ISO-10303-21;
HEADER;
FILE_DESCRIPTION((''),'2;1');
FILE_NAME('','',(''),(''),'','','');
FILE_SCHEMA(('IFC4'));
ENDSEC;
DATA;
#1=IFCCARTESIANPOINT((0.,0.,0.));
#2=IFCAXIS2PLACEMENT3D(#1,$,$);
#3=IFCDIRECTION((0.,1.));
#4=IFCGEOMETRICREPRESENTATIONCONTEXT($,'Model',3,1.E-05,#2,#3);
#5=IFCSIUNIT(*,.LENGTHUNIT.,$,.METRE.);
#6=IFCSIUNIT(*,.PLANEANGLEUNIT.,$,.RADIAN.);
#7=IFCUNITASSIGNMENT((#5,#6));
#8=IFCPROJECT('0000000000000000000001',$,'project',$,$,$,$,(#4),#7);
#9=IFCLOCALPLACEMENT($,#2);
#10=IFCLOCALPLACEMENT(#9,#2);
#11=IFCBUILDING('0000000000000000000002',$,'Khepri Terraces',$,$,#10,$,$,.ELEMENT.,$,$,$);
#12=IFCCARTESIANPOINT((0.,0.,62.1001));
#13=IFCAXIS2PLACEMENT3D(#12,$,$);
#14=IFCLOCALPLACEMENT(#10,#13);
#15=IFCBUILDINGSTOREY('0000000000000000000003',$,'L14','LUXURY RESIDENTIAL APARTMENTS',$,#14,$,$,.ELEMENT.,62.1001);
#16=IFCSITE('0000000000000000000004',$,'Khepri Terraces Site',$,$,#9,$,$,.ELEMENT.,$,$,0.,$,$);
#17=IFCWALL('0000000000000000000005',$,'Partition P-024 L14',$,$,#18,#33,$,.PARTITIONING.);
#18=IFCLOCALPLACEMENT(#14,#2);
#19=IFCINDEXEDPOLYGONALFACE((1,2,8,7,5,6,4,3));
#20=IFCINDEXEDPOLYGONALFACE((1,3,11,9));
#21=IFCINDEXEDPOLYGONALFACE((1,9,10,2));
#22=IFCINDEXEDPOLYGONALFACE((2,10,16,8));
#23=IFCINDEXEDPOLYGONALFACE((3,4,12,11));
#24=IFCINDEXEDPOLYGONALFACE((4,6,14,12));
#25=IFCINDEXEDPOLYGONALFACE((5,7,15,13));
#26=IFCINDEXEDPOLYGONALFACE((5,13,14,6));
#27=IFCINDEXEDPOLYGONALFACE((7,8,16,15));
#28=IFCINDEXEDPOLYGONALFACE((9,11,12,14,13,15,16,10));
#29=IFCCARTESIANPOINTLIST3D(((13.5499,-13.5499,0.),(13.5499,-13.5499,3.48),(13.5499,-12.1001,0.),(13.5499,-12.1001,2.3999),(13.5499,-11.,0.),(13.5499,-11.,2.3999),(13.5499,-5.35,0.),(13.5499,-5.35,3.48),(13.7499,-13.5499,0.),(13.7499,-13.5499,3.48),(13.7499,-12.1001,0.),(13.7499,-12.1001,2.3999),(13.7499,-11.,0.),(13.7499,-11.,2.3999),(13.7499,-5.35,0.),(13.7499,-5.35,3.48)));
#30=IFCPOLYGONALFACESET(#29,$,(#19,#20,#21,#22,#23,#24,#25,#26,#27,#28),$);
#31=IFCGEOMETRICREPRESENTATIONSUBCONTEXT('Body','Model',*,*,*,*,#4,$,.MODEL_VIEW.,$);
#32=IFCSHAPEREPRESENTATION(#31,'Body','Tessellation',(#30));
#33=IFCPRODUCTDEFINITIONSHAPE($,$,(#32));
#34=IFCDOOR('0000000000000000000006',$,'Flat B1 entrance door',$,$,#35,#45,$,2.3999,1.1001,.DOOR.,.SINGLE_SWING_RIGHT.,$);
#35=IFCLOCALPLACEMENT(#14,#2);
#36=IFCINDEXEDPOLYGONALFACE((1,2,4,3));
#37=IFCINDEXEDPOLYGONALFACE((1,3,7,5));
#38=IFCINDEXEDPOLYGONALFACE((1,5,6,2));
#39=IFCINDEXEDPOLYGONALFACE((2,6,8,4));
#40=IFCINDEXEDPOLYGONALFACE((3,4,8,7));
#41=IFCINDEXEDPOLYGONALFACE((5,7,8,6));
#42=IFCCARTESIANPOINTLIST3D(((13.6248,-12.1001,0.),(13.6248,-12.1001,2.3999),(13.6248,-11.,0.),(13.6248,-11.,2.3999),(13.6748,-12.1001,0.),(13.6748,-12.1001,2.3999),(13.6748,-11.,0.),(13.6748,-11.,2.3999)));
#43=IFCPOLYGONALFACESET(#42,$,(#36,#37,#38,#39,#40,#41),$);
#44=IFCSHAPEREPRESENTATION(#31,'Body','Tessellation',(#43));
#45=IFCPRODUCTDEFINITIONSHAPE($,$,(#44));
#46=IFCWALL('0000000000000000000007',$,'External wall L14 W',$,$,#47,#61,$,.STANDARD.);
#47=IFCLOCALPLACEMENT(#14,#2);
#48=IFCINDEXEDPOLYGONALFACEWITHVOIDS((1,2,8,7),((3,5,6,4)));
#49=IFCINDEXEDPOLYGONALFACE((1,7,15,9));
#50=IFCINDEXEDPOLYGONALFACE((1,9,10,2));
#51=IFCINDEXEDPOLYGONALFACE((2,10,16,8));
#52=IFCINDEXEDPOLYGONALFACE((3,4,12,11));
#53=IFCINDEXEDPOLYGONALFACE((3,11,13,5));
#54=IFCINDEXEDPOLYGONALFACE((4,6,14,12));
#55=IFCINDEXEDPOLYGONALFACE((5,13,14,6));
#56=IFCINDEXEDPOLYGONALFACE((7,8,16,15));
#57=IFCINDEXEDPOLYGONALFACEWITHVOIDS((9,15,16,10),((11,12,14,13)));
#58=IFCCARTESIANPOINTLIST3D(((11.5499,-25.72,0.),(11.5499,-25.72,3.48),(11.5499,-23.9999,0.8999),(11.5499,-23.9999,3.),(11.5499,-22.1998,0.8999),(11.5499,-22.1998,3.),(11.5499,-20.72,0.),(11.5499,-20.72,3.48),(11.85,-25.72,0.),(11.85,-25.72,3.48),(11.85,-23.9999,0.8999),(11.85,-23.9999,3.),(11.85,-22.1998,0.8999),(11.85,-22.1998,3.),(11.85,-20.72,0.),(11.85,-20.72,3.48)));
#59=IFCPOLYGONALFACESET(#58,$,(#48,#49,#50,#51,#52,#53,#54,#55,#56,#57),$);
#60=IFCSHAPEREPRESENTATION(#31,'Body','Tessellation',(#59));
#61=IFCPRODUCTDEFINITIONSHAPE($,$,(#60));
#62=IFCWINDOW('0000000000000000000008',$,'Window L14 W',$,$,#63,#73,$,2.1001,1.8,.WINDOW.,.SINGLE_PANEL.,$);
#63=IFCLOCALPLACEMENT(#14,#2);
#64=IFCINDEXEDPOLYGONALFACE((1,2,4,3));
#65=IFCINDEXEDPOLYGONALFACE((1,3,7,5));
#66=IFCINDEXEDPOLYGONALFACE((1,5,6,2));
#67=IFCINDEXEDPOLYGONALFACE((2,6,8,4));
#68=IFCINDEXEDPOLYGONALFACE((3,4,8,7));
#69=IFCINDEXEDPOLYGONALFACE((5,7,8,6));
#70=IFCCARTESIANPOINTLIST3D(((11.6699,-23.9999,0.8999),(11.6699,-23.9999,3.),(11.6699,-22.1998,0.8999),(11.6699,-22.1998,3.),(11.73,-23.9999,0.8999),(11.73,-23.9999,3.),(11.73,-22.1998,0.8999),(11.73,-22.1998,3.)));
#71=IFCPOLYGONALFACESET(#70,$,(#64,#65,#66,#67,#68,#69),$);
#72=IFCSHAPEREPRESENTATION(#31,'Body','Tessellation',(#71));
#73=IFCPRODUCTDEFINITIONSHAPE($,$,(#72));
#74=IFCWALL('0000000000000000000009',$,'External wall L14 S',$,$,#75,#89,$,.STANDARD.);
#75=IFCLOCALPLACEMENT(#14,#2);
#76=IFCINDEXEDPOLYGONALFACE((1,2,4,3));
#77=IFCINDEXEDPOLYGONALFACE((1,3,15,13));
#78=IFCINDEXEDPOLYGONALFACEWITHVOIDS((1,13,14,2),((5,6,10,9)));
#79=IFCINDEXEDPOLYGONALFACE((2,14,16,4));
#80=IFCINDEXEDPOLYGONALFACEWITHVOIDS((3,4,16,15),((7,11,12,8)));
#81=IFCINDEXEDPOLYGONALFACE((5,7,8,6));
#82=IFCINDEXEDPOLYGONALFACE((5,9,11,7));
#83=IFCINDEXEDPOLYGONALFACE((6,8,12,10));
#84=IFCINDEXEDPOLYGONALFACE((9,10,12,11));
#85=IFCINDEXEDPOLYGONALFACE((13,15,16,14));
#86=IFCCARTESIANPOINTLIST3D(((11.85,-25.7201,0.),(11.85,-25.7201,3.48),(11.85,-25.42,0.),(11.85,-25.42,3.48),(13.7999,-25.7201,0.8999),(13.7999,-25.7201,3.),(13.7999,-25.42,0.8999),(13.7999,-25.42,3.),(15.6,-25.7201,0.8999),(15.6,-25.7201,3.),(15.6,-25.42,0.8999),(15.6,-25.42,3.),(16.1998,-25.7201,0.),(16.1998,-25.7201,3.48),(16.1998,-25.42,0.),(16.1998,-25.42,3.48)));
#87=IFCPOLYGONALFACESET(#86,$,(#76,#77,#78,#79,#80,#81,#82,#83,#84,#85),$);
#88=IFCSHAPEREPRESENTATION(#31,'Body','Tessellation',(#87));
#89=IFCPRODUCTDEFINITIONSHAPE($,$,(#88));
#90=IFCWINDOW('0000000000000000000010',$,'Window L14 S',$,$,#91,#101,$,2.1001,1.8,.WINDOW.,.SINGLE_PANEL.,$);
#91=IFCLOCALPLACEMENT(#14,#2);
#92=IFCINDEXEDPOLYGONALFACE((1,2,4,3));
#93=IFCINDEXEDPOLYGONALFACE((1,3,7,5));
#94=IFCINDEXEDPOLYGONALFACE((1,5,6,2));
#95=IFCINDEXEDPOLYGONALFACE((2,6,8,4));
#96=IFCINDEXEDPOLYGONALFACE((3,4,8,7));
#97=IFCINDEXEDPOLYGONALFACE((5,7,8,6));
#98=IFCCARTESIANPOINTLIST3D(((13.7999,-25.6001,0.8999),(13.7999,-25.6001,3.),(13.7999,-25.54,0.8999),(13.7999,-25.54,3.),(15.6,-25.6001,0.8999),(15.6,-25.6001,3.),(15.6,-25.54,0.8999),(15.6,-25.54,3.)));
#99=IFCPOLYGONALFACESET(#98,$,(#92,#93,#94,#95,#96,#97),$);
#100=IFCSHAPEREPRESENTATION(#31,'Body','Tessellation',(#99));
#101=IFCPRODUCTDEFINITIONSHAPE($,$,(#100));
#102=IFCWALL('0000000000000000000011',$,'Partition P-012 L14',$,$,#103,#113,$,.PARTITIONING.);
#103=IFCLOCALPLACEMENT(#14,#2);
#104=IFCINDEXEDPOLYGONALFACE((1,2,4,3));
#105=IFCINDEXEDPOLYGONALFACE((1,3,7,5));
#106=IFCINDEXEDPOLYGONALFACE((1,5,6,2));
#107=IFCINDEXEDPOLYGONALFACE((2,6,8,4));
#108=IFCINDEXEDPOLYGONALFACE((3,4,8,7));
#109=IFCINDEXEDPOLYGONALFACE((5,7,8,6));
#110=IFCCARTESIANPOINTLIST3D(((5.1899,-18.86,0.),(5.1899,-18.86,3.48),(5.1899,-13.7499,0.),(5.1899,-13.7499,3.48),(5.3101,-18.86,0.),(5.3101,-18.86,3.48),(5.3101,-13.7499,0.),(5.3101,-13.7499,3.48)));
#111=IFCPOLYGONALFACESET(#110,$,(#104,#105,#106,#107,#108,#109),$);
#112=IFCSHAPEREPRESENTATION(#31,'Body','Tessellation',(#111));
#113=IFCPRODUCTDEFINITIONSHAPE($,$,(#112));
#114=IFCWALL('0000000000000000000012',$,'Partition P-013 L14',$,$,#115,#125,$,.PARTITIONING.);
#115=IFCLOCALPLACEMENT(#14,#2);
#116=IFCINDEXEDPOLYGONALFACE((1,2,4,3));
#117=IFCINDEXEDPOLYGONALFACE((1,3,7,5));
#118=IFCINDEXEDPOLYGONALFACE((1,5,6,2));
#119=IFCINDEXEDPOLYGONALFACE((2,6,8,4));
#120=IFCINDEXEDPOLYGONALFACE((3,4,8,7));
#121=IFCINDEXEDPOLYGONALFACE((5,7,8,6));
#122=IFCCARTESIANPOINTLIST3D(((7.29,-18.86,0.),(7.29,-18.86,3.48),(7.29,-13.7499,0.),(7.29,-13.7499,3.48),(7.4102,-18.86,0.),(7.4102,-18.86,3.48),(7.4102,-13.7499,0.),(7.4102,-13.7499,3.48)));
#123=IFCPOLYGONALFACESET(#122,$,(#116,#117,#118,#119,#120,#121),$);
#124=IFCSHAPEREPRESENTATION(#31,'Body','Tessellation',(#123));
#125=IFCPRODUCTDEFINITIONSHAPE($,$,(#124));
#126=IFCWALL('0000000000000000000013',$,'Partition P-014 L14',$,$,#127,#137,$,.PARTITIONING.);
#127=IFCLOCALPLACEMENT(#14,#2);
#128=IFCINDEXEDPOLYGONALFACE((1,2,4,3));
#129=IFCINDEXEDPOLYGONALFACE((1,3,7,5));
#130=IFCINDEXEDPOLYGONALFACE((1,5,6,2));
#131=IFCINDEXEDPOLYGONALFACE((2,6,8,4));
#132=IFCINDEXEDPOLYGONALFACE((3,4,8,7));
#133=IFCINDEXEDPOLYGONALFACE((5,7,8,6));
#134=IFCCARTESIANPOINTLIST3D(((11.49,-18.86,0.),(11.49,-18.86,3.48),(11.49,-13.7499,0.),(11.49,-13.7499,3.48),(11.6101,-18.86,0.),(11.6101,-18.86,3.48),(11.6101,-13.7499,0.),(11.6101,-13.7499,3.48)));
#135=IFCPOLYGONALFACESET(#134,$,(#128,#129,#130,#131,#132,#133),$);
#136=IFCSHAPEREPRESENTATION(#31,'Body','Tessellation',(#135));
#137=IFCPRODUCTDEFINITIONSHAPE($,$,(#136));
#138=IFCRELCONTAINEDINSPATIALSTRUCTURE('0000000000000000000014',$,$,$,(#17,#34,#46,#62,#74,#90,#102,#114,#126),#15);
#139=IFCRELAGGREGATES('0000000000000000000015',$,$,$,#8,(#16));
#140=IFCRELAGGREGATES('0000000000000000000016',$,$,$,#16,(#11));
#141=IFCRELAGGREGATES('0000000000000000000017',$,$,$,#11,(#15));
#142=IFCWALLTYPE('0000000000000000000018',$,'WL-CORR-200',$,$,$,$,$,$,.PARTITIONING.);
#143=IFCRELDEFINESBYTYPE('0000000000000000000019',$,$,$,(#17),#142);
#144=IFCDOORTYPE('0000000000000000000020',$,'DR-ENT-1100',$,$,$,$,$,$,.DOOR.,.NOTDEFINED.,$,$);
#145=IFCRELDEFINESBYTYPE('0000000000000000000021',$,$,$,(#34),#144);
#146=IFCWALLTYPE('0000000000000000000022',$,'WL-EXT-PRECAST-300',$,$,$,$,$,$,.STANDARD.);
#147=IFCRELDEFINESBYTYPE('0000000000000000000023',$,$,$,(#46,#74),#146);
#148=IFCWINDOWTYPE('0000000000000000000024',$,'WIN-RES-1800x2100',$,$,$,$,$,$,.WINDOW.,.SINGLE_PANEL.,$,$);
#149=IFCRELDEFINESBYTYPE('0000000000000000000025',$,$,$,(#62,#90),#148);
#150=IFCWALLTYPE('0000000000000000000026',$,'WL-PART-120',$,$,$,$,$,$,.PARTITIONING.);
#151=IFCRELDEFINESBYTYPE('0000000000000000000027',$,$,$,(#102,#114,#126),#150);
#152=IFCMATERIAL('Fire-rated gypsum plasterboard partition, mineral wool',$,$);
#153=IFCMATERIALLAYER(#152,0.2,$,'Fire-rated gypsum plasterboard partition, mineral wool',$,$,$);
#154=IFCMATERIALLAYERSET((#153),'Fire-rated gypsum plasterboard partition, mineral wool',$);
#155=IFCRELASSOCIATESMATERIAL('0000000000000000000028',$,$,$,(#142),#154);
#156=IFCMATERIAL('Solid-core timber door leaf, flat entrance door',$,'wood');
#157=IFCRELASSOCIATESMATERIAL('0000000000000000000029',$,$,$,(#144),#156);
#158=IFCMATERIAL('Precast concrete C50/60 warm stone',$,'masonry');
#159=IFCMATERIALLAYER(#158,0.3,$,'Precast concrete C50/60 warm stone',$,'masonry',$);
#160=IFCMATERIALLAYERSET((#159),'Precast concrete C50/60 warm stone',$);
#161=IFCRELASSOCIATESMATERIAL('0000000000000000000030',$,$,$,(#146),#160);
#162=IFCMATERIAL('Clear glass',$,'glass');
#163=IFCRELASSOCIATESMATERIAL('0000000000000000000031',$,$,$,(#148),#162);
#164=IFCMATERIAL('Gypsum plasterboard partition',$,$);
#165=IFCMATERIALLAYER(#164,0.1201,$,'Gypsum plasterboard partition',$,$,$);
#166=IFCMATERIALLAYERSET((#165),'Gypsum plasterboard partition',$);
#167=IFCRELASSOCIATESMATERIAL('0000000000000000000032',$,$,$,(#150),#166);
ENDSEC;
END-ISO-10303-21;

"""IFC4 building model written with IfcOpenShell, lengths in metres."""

from ifc_helpers import new_model, si_unit, direction, frame, frame_2d, origin, place, context, subcontext, project, spatial, rectangle, extrude, material, layer, layer_set, type_object, element, fill, save


model = new_model("IFC4")

# Units and contexts
model_context = context("Model", 3, precision=1e-05, world=origin(), true_north=direction((0.0, 1.0)))
body_context = subcontext(model_context, "Body", "Model", "MODEL_VIEW")
ifc_project = project(units=[si_unit("LENGTHUNIT", "METRE"), si_unit("PLANEANGLEUNIT", "RADIAN")], contexts=[model_context])

# Site, building, storey
site_placement = place(None, origin())
site = spatial("IfcSite", under=ifc_project, at=site_placement, Name="Khepri Terraces Site", CompositionType="ELEMENT", RefElevation=0.0)
building_placement = place(site_placement, origin())
building = spatial("IfcBuilding", under=site, at=building_placement, Name="Khepri Terraces", CompositionType="ELEMENT")
storey_placement = place(building_placement, frame((0.0, 0.0, 62.1001)))
storey = spatial("IfcBuildingStorey", under=building, at=storey_placement, Name="L14", Description="LUXURY RESIDENTIAL APARTMENTS", CompositionType="ELEMENT", Elevation=62.1001)

# Shared definitions
ifc_material_1 = material(Name="Fire-rated gypsum plasterboard partition, mineral wool")
ifc_layer_1 = layer(ifc_material_1, 0.2, Name="Fire-rated gypsum plasterboard partition, mineral wool")
ifc_layer_set_1 = layer_set([ifc_layer_1], Name="Fire-rated gypsum plasterboard partition, mineral wool")
wall_type_1 = type_object("IfcWallType", Name="WL-CORR-200", PredefinedType="PARTITIONING", material=ifc_layer_set_1)

# Wall, opening, door
wall_1_placement = place(storey_placement, frame((13.6499, -13.55, 0.0), z_axis=(0.0, 0.0, 1.0), x_axis=(0.0, 1.0, 0.0)))
wall_1 = element("IfcWall", 1, at=wall_1_placement, inside=storey, type_object=wall_type_1, Name="Partition P-024 L14", PredefinedType="PARTITIONING", context=body_context, shape_type="SweptSolid", body=[
    extrude(rectangle(XDim=8.2, YDim=0.2, at=frame_2d((4.1001, 0.0))), origin(), (0.0, 0.0, 1.0), 3.48),
])
opening_1_placement = place(wall_1_placement, frame((1.45, 0.0, 0.0)))
opening_1 = element("IfcOpeningElement", 2, at=opening_1_placement, cuts=wall_1, PredefinedType="OPENING", context=body_context, shape_type="SweptSolid", body=[
    extrude(rectangle(XDim=1.1001, YDim=2.3999, at=frame_2d((0.55, 1.2))), frame((0.0, 0.1099, 0.0), z_axis=(0.0, -1.0, 0.0), x_axis=(1.0, 0.0, 0.0)), (0.0, 0.0, 1.0), 0.22),
])
ifc_material_2 = material(Name="Solid-core timber door leaf, flat entrance door", Category="wood")
door_type_1 = type_object("IfcDoorType", Name="DR-ENT-1100", OperationType="NOTDEFINED", PredefinedType="DOOR", material=ifc_material_2)
door_1_placement = place(opening_1_placement, frame((1.1001, 0.0, 0.0), z_axis=(0.0, 0.0, 1.0), x_axis=(-1.0, 0.0, 0.0)))
door_1 = element("IfcDoor", 3, at=door_1_placement, inside=storey, type_object=door_type_1, Name="Flat B1 entrance door", OperationType="SINGLE_SWING_RIGHT", OverallHeight=2.3999, OverallWidth=1.1001, PredefinedType="DOOR", context=body_context, shape_type="SweptSolid", body=[
    extrude(rectangle(XDim=1.1001, YDim=2.3999, at=frame_2d((0.55, 1.2))), frame((0.0, 0.0249, 0.0), z_axis=(0.0, -1.0, 0.0), x_axis=(1.0, 0.0, 0.0)), (0.0, 0.0, 1.0), 0.05),
])
fill(opening_1, door_1)

# Walls, openings, windows
ifc_material_3 = material(Name="Precast concrete C50/60 warm stone", Category="masonry")
ifc_layer_2 = layer(ifc_material_3, 0.3, Name="Precast concrete C50/60 warm stone", Category="masonry")
ifc_layer_set_2 = layer_set([ifc_layer_2], Name="Precast concrete C50/60 warm stone")
wall_type_2 = type_object("IfcWallType", Name="WL-EXT-PRECAST-300", PredefinedType="STANDARD", material=ifc_layer_set_2)
wall_2_placement = place(storey_placement, frame((11.7, -20.72, 0.0), z_axis=(0.0, 0.0, 1.0), x_axis=(0.0, -1.0, 0.0)))
wall_2 = element("IfcWall", 4, at=wall_2_placement, inside=storey, type_object=wall_type_2, Name="External wall L14 W", PredefinedType="STANDARD", context=body_context, shape_type="SweptSolid", body=[
    extrude(rectangle(XDim=5.0, YDim=0.3, at=frame_2d((2.5, 0.0))), origin(), (0.0, 0.0, 1.0), 3.48),
])
opening_2_placement = place(wall_2_placement, frame((1.48, 0.0, 0.8999)))
opening_2 = element("IfcOpeningElement", 5, at=opening_2_placement, cuts=wall_2, PredefinedType="OPENING", context=body_context, shape_type="SweptSolid", body=[
    extrude(rectangle(XDim=1.8, YDim=2.1001, at=frame_2d((0.8999, 1.05))), frame((0.0, 0.1602, 0.0), z_axis=(0.0, -1.0, 0.0), x_axis=(1.0, 0.0, 0.0)), (0.0, 0.0, 1.0), 0.3201),
])
ifc_material_4 = material(Name="Clear glass", Category="glass")
window_type = type_object("IfcWindowType", Name="WIN-RES-1800x2100", PartitioningType="SINGLE_PANEL", PredefinedType="WINDOW", material=ifc_material_4)
window_1_placement = place(opening_2_placement, origin())
window_1 = element("IfcWindow", 6, at=window_1_placement, inside=storey, type_object=window_type, Name="Window L14 W", OverallHeight=2.1001, OverallWidth=1.8, PartitioningType="SINGLE_PANEL", PredefinedType="WINDOW", context=body_context, shape_type="SweptSolid", body=[
    extrude(rectangle(XDim=1.8, YDim=2.1001, at=frame_2d((0.8999, 1.05))), frame((0.0, 0.03, 0.0), z_axis=(0.0, -1.0, 0.0), x_axis=(1.0, 0.0, 0.0)), (0.0, 0.0, 1.0), 0.0601),
])
fill(opening_2, window_1)
wall_3_placement = place(storey_placement, frame((11.8501, -25.5701, 0.0), z_axis=(0.0, 0.0, 1.0), x_axis=(1.0, 0.0, 0.0)))
wall_3 = element("IfcWall", 7, at=wall_3_placement, inside=storey, type_object=wall_type_2, Name="External wall L14 S", PredefinedType="STANDARD", context=body_context, shape_type="SweptSolid", body=[
    extrude(rectangle(XDim=4.3499, YDim=0.3, at=frame_2d((2.1748, 0.0))), origin(), (0.0, 0.0, 1.0), 3.48),
])
opening_3_placement = place(wall_3_placement, frame((1.95, 0.0, 0.8999)))
opening_3 = element("IfcOpeningElement", 8, at=opening_3_placement, cuts=wall_3, PredefinedType="OPENING", context=body_context, shape_type="SweptSolid", body=[
    extrude(rectangle(XDim=1.8, YDim=2.1001, at=frame_2d((0.8999, 1.05))), frame((0.0, 0.1602, 0.0), z_axis=(0.0, -1.0, 0.0), x_axis=(1.0, 0.0, 0.0)), (0.0, 0.0, 1.0), 0.3201),
])
window_2_placement = place(opening_3_placement, origin())
window_2 = element("IfcWindow", 9, at=window_2_placement, inside=storey, type_object=window_type, Name="Window L14 S", OverallHeight=2.1001, OverallWidth=1.8, PartitioningType="SINGLE_PANEL", PredefinedType="WINDOW", context=body_context, shape_type="SweptSolid", body=[
    extrude(rectangle(XDim=1.8, YDim=2.1001, at=frame_2d((0.8999, 1.05))), frame((0.0, 0.03, 0.0), z_axis=(0.0, -1.0, 0.0), x_axis=(1.0, 0.0, 0.0)), (0.0, 0.0, 1.0), 0.0601),
])
fill(opening_3, window_2)

# Walls
ifc_material_5 = material(Name="Gypsum plasterboard partition")
ifc_layer_3 = layer(ifc_material_5, 0.1201, Name="Gypsum plasterboard partition")
ifc_layer_set_3 = layer_set([ifc_layer_3], Name="Gypsum plasterboard partition")
wall_type_3 = type_object("IfcWallType", Name="WL-PART-120", PredefinedType="PARTITIONING", material=ifc_layer_set_3)
for number, where, z_axis, x_axis, name in (
    (10, (5.25, -18.8601, 0.0), (0.0, 0.0, 1.0), (0.0, 1.0, 0.0), "Partition P-012 L14"),
    (11, (7.3501, -18.8601, 0.0), (0.0, 0.0, 1.0), (0.0, 1.0, 0.0), "Partition P-013 L14"),
    (12, (11.55, -18.8601, 0.0), (0.0, 0.0, 1.0), (0.0, 1.0, 0.0), "Partition P-014 L14"),
):
    element("IfcWall", number, at=place(storey_placement, frame(where, z_axis=z_axis, x_axis=x_axis)), inside=storey, type_object=wall_type_3, Name=name, PredefinedType="PARTITIONING", context=body_context, shape_type="SweptSolid", body=[
        extrude(rectangle(XDim=5.1101, YDim=0.1201, at=frame_2d((2.5552, 0.0))), origin(), (0.0, 0.0, 1.0), 3.48),
    ])

save(model, "model.ifc")
